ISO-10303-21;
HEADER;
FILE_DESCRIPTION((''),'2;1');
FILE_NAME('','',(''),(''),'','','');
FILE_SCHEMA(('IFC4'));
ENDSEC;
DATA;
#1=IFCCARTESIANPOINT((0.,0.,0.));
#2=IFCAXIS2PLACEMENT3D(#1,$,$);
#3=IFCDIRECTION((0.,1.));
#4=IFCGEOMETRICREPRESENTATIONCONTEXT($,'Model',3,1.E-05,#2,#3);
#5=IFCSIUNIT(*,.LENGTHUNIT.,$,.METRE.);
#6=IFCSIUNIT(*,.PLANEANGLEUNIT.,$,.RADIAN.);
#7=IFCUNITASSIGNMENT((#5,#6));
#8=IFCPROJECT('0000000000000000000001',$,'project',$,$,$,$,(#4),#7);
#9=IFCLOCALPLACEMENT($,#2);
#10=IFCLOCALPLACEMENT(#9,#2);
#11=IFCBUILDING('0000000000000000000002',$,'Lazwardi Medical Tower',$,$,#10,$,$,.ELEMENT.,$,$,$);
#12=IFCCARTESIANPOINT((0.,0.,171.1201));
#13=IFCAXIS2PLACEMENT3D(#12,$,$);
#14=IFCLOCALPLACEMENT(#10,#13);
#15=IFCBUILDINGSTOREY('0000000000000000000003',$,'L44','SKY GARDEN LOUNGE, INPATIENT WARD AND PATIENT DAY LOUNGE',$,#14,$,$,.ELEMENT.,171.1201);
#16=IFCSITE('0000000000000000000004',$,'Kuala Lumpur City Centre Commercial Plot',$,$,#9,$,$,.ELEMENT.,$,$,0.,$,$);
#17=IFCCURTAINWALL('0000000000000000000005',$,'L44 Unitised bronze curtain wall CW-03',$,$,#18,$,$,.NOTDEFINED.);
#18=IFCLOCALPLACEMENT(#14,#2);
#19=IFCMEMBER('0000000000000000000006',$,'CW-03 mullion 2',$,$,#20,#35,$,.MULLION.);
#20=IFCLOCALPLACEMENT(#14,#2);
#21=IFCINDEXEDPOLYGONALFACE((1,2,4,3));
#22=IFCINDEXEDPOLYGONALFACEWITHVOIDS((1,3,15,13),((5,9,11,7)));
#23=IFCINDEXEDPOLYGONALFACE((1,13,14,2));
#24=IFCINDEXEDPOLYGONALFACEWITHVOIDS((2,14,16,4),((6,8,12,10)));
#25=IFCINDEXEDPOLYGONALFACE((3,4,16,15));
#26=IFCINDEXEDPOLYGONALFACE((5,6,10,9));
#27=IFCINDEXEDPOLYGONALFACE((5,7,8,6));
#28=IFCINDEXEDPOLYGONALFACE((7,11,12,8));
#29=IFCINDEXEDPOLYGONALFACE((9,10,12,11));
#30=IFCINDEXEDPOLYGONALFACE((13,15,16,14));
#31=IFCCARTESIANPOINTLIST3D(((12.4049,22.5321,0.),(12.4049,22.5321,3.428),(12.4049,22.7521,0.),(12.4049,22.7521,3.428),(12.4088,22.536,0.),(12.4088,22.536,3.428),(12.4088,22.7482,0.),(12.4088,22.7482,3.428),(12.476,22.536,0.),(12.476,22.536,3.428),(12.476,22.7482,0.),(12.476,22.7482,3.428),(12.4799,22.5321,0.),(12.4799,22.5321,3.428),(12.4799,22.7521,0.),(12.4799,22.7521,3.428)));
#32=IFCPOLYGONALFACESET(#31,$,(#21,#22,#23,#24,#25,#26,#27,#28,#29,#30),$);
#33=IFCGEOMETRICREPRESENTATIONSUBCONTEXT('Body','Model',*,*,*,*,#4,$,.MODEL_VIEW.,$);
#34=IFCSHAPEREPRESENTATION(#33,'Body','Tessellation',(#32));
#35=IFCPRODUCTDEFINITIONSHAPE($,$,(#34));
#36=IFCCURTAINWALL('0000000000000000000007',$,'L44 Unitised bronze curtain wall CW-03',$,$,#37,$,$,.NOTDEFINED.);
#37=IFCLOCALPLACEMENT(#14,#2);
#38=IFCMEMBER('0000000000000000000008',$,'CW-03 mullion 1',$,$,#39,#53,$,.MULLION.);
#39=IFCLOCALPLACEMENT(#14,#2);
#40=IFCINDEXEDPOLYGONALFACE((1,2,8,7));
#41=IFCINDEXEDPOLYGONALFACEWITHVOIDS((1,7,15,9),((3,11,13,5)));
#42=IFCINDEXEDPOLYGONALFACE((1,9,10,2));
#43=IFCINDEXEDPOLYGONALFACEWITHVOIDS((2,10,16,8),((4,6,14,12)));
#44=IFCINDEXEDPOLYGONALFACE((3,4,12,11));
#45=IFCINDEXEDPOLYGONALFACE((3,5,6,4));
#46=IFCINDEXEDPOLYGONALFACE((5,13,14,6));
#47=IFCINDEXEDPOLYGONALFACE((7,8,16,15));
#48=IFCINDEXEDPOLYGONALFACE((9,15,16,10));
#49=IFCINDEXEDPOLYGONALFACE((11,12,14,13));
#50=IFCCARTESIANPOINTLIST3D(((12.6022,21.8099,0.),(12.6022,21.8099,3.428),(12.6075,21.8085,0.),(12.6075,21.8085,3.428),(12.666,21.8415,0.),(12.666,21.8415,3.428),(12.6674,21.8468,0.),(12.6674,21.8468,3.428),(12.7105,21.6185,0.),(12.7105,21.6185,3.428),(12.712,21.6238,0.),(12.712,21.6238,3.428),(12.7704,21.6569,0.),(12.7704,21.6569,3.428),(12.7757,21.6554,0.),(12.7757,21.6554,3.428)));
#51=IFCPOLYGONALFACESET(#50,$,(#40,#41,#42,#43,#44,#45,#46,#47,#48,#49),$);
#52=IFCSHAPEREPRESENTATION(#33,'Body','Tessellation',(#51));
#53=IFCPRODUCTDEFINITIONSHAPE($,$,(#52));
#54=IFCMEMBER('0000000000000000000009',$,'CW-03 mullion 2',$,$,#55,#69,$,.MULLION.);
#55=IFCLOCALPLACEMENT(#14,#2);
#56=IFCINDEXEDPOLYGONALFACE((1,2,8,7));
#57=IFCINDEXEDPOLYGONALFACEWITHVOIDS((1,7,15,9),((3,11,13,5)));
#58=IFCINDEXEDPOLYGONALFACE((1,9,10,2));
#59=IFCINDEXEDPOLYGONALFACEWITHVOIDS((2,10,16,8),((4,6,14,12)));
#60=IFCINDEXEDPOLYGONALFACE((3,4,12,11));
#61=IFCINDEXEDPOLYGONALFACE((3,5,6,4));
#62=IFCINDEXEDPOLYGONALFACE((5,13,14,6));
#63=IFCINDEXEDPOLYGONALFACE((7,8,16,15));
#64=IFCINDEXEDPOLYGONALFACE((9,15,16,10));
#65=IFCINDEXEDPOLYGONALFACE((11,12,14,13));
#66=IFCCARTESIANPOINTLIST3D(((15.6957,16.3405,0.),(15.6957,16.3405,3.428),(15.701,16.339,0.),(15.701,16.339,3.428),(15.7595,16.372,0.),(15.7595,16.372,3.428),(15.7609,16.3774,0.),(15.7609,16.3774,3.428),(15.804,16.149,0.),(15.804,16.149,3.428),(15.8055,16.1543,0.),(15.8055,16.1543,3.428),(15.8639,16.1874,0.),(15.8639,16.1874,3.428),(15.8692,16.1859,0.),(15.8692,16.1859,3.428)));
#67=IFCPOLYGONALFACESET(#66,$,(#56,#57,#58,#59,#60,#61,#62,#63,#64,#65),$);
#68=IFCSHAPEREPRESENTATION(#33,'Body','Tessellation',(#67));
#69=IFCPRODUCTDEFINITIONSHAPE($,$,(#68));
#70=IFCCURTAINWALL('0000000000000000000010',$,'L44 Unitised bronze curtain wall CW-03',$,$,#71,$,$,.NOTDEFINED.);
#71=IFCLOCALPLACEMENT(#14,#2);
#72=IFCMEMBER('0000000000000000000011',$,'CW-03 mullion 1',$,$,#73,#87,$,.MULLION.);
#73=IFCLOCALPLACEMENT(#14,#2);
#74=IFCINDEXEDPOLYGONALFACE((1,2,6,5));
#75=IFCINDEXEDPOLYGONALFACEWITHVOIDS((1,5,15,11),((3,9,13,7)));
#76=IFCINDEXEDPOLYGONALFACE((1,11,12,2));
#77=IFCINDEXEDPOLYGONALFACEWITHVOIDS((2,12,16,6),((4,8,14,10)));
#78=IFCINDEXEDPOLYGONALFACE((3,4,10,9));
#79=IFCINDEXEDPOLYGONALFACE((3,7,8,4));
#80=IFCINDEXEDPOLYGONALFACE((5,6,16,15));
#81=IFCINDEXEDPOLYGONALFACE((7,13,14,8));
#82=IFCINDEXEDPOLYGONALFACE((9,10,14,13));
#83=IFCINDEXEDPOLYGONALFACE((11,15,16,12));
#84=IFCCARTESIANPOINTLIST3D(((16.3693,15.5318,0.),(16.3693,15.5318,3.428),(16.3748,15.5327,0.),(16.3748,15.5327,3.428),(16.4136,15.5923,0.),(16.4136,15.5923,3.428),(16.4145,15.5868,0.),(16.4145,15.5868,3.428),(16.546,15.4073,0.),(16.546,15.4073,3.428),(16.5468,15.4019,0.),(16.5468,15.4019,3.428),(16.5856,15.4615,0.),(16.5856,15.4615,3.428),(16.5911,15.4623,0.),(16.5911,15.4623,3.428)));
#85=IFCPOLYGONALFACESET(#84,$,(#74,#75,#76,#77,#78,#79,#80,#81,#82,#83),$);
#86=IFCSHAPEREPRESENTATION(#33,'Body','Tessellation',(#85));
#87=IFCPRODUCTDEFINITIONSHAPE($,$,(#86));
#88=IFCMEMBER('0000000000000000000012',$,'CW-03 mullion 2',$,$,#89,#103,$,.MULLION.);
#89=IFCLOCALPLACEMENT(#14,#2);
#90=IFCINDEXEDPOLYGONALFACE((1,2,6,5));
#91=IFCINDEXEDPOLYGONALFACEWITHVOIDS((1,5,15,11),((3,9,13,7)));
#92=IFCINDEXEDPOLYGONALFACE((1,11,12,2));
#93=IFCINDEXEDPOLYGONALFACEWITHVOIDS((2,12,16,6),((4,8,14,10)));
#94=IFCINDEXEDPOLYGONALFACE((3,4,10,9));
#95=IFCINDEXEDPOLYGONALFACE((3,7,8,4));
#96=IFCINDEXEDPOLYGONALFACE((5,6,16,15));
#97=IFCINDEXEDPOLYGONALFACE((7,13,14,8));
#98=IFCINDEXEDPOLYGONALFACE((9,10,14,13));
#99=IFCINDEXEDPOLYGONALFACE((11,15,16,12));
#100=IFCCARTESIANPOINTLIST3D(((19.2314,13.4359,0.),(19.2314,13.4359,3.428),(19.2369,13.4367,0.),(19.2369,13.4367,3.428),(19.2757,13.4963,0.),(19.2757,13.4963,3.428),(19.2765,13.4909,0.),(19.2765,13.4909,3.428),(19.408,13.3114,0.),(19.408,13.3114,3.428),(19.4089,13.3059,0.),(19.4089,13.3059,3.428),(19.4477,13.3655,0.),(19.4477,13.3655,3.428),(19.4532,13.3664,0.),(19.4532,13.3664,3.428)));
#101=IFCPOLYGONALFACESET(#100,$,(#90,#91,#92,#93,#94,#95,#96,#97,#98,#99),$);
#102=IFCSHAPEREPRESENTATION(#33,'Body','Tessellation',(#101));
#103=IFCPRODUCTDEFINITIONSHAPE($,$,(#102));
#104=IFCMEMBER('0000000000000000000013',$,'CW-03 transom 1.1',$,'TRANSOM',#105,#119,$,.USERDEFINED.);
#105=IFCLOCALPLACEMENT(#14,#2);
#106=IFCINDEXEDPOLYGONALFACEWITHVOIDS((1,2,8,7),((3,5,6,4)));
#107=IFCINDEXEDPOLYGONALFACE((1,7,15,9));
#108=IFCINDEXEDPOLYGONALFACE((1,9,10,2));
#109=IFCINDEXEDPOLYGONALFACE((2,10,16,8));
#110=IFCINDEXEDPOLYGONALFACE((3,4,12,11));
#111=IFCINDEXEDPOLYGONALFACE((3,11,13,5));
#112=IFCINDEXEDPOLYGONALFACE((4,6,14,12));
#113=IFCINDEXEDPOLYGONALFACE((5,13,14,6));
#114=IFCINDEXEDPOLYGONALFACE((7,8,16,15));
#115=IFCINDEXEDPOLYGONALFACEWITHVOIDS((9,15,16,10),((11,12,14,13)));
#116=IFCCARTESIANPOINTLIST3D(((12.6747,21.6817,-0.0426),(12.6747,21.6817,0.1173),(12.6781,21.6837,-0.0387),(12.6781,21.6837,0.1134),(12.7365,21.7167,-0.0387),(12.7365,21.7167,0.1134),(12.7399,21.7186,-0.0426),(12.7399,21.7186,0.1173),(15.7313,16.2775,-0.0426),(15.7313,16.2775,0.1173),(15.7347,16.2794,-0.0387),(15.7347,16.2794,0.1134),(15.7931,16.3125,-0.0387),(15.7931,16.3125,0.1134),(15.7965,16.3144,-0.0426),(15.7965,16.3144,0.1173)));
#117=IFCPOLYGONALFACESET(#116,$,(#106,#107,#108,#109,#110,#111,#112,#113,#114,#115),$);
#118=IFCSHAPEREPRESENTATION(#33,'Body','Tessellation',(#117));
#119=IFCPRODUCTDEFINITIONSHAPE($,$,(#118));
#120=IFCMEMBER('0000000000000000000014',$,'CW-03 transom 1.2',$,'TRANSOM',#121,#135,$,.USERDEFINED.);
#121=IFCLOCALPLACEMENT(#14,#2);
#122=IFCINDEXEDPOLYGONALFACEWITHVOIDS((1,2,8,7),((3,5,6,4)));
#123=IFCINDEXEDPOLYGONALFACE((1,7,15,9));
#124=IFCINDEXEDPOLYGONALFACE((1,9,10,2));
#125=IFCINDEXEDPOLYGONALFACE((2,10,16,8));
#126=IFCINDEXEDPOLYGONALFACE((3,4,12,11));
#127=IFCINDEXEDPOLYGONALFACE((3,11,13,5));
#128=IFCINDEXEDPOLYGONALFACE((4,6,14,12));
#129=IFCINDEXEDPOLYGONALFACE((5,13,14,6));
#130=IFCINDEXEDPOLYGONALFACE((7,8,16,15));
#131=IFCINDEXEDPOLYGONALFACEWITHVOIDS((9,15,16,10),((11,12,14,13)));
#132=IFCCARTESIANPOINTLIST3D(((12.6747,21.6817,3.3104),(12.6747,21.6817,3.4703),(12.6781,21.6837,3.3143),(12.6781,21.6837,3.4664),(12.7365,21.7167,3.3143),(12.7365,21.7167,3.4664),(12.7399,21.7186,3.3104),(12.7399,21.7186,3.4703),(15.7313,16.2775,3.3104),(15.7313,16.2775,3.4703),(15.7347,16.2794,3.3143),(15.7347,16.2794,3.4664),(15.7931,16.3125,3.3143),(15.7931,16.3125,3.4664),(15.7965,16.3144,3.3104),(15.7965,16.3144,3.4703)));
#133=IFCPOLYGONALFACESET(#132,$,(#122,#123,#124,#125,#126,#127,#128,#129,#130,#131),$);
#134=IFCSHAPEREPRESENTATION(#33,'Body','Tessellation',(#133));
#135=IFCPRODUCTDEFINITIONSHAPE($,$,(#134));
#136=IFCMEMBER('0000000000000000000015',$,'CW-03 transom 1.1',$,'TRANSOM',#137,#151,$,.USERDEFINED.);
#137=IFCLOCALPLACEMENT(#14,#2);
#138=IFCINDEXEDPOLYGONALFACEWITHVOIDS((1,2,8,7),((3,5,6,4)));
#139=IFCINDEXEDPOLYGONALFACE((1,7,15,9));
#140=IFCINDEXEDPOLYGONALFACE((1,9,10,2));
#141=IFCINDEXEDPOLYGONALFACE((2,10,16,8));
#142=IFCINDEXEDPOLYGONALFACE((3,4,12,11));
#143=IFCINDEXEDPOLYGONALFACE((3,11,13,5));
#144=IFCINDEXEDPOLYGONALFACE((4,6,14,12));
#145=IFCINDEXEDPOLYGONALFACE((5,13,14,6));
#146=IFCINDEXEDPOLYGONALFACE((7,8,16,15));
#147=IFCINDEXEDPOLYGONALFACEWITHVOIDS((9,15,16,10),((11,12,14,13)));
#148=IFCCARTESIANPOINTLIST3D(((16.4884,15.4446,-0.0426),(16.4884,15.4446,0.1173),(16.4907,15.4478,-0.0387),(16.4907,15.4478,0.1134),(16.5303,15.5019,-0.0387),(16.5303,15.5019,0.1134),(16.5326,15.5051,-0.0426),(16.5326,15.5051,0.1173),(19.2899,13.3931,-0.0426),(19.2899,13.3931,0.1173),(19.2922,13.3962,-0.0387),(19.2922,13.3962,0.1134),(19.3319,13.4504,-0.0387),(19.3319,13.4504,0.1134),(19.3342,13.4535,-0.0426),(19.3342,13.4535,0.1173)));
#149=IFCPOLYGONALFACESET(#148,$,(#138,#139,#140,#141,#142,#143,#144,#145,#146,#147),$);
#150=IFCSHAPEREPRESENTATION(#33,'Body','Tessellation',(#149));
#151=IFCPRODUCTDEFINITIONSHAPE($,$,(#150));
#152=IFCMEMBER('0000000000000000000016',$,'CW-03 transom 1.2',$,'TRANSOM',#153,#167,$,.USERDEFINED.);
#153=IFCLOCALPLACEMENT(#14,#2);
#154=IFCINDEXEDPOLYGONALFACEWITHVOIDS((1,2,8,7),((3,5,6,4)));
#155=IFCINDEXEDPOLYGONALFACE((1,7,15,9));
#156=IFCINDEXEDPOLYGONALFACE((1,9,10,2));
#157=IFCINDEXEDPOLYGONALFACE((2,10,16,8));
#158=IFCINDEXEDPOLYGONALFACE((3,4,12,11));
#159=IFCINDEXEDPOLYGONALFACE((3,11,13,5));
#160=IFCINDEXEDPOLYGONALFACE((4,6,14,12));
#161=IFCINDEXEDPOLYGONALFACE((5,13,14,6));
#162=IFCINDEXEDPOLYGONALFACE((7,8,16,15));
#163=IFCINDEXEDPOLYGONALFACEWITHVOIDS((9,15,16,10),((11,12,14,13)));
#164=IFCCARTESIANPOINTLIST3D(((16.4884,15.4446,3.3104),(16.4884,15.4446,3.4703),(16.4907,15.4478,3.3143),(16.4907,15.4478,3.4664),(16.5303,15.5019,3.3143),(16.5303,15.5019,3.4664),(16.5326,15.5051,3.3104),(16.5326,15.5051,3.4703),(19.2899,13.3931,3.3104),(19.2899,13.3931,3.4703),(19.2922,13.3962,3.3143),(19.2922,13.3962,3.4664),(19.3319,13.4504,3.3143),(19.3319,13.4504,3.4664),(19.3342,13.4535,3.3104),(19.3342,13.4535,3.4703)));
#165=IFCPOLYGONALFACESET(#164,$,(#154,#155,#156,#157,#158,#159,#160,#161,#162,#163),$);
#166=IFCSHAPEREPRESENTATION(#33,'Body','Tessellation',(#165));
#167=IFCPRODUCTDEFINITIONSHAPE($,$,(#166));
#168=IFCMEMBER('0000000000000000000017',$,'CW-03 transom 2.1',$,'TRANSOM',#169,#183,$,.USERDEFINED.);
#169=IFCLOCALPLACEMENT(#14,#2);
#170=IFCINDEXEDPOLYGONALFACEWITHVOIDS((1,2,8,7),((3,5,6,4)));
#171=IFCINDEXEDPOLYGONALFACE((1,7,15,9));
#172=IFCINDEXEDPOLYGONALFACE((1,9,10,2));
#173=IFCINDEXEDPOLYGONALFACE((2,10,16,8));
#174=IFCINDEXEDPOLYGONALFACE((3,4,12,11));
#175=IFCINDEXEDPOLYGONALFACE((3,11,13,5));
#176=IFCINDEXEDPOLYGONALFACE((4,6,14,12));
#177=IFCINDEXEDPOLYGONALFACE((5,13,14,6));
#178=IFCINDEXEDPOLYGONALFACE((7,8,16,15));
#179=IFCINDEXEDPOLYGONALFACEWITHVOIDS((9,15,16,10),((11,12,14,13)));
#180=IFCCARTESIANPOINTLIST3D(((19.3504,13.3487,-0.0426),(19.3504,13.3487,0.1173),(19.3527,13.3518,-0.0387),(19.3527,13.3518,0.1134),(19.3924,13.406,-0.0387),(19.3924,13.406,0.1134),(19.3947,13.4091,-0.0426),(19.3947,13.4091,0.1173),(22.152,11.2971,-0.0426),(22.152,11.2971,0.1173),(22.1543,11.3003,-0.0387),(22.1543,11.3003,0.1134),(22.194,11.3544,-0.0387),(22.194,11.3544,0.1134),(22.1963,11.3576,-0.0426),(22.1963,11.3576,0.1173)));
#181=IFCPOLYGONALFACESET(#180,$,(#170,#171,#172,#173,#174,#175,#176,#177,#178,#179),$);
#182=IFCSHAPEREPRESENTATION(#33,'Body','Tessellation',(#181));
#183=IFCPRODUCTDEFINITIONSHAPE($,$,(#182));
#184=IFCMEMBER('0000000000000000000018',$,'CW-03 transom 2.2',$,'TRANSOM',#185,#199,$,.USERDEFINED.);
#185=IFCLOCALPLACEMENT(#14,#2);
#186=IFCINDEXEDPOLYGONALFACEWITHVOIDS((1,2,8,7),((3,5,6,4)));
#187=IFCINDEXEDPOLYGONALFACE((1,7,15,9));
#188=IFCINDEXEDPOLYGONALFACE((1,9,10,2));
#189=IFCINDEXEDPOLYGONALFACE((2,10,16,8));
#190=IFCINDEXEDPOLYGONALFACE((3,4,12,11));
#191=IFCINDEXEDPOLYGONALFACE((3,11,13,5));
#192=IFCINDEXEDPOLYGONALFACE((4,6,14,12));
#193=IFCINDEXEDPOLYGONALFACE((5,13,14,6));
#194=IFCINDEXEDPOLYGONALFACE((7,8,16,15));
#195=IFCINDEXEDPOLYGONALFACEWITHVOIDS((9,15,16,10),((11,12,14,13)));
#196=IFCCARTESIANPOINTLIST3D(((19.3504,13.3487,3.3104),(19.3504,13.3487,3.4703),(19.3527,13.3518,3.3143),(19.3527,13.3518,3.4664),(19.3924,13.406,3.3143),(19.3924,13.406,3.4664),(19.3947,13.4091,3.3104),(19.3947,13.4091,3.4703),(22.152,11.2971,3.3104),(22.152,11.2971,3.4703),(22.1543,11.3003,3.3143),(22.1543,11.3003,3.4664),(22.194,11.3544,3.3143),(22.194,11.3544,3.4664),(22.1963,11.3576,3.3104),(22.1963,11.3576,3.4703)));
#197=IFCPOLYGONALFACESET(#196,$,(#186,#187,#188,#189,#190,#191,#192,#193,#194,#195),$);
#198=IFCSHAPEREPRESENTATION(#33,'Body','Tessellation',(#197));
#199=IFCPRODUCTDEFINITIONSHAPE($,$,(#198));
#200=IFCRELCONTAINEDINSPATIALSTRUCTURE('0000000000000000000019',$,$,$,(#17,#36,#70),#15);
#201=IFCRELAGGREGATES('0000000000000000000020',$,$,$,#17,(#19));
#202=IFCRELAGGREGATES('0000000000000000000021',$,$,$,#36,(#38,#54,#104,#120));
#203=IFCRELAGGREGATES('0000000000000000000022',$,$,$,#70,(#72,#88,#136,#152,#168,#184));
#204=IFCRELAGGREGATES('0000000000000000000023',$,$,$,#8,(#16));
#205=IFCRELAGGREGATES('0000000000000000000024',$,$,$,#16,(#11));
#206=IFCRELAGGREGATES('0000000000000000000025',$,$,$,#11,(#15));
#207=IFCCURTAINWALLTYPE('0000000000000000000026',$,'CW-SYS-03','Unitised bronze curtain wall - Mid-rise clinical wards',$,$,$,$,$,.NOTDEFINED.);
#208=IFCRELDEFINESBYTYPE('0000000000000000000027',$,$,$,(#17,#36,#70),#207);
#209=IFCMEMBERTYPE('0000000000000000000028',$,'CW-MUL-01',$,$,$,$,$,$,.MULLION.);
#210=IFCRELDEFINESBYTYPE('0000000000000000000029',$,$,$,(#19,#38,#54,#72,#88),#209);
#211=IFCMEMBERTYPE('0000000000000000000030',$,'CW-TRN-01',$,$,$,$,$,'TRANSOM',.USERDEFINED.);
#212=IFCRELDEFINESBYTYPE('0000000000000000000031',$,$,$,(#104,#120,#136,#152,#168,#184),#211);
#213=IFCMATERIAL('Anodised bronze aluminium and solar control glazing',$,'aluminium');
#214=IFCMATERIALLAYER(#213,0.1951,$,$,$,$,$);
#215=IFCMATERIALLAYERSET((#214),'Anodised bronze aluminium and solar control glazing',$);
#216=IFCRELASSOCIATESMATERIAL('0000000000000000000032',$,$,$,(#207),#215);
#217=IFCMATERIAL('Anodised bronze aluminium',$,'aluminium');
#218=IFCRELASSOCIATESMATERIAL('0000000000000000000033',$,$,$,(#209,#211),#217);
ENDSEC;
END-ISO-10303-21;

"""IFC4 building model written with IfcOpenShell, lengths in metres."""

from ifc_helpers import new_model, si_unit, direction, frame, origin, origin_2d, place, context, subcontext, project, spatial, hollow_rectangle, extrude, material, layer, layer_set, material_profile, profile_set, type_object, element, aggregate, save


model = new_model("IFC4")

# Units and contexts
model_context = context("Model", 3, precision=1e-05, world=origin(), true_north=direction((0.0, 1.0)))
body_context = subcontext(model_context, "Body", "Model", "MODEL_VIEW")
ifc_project = project(units=[si_unit("LENGTHUNIT", "METRE"), si_unit("PLANEANGLEUNIT", "RADIAN")], contexts=[model_context])

# Site, building, storey
site_placement = place(None, origin())
site = spatial("IfcSite", under=ifc_project, at=site_placement, Name="Kuala Lumpur City Centre Commercial Plot", CompositionType="ELEMENT", RefElevation=0.0)
building_placement = place(site_placement, origin())
building = spatial("IfcBuilding", under=site, at=building_placement, Name="Lazwardi Medical Tower", CompositionType="ELEMENT")
storey_placement = place(building_placement, frame((0.0, 0.0, 171.1201)))
storey = spatial("IfcBuildingStorey", under=building, at=storey_placement, Name="L44", Description="SKY GARDEN LOUNGE, INPATIENT WARD AND PATIENT DAY LOUNGE", CompositionType="ELEMENT", Elevation=171.1201)

# Curtain wall, member
ifc_material_1 = material(Name="Anodised bronze aluminium and solar control glazing", Category="aluminium")
ifc_layer_1 = layer(ifc_material_1, 0.1951)
ifc_layer_set_1 = layer_set([ifc_layer_1], Name="Anodised bronze aluminium and solar control glazing")
curtain_wall_type = type_object("IfcCurtainWallType", Name="CW-SYS-03", Description="Unitised bronze curtain wall - Mid-rise clinical wards", PredefinedType="NOTDEFINED", material=ifc_layer_set_1)
curtain_wall_1_placement = place(storey_placement, origin())
curtain_wall_1 = element("IfcCurtainWall", 1, at=curtain_wall_1_placement, inside=storey, type_object=curtain_wall_type, Name="L44 Unitised bronze curtain wall CW-03", PredefinedType="NOTDEFINED")
ifc_material_2 = material(Name="Anodised bronze aluminium", Category="aluminium")
ifc_material_profile_1 = material_profile(ifc_material_2, hollow_rectangle(XDim=0.075, YDim=0.22, WallThickness=0.0039, at=origin_2d()), Name="ALU-MULLION 220x75x4")
ifc_profile_set_1 = profile_set([ifc_material_profile_1], Name="Anodised bronze aluminium")
member_type_1 = type_object("IfcMemberType", Name="CW-MUL-01", PredefinedType="MULLION", material=ifc_profile_set_1)
member_1_placement = place(storey_placement, frame((12.4424, 22.6421, 0.0), z_axis=(0.0, 0.0, 1.0), x_axis=(1.0, 0.0, 0.0)))
member_1 = element("IfcMember", 2, at=member_1_placement, type_object=member_type_1, Name="CW-03 mullion 2", PredefinedType="MULLION", context=body_context, shape_type="SweptSolid", body=[
    extrude(hollow_rectangle(XDim=0.075, YDim=0.22, WallThickness=0.0039, at=origin_2d()), origin(), (0.0, 0.0, 1.0), 3.428),
])
aggregate(curtain_wall_1, [member_1])

# Curtain walls, members
curtain_wall_2_placement = place(storey_placement, origin())
curtain_wall_2 = element("IfcCurtainWall", 3, at=curtain_wall_2_placement, inside=storey, type_object=curtain_wall_type, Name="L44 Unitised bronze curtain wall CW-03", PredefinedType="NOTDEFINED")
member_2_placement = place(storey_placement, frame((12.689, 21.7327, 0.0), z_axis=(0.0, 0.0, 1.0), x_axis=(0.870419, 0.492312, 0.0)))
member_2 = element("IfcMember", 4, at=member_2_placement, type_object=member_type_1, Name="CW-03 mullion 1", PredefinedType="MULLION", context=body_context, shape_type="SweptSolid", body=[
    extrude(hollow_rectangle(XDim=0.075, YDim=0.22, WallThickness=0.0039, at=origin_2d()), origin(), (0.0, 0.0, 1.0), 3.428),
])
member_3_placement = place(storey_placement, frame((15.7825, 16.2632, 0.0), z_axis=(0.0, 0.0, 1.0), x_axis=(0.870419, 0.492312, 0.0)))
member_3 = element("IfcMember", 5, at=member_3_placement, type_object=member_type_1, Name="CW-03 mullion 2", PredefinedType="MULLION", context=body_context, shape_type="SweptSolid", body=[
    extrude(hollow_rectangle(XDim=0.075, YDim=0.22, WallThickness=0.0039, at=origin_2d()), origin(), (0.0, 0.0, 1.0), 3.428),
])
curtain_wall_3_placement = place(storey_placement, origin())
curtain_wall_3 = element("IfcCurtainWall", 6, at=curtain_wall_3_placement, inside=storey, type_object=curtain_wall_type, Name="L44 Unitised bronze curtain wall CW-03", PredefinedType="NOTDEFINED")
member_4_placement = place(storey_placement, frame((16.4802, 15.4971, 0.0), z_axis=(0.0, 0.0, 1.0), x_axis=(0.590834, 0.806793, 0.0)))
member_4 = element("IfcMember", 7, at=member_4_placement, type_object=member_type_1, Name="CW-03 mullion 1", PredefinedType="MULLION", context=body_context, shape_type="SweptSolid", body=[
    extrude(hollow_rectangle(XDim=0.075, YDim=0.22, WallThickness=0.0039, at=origin_2d()), origin(), (0.0, 0.0, 1.0), 3.428),
])
member_5_placement = place(storey_placement, frame((19.3423, 13.4011, 0.0), z_axis=(0.0, 0.0, 1.0), x_axis=(0.590834, 0.806793, 0.0)))
member_5 = element("IfcMember", 8, at=member_5_placement, type_object=member_type_1, Name="CW-03 mullion 2", PredefinedType="MULLION", context=body_context, shape_type="SweptSolid", body=[
    extrude(hollow_rectangle(XDim=0.075, YDim=0.22, WallThickness=0.0039, at=origin_2d()), origin(), (0.0, 0.0, 1.0), 3.428),
])

# Members
ifc_material_profile_2 = material_profile(ifc_material_2, hollow_rectangle(XDim=0.075, YDim=0.1599, WallThickness=0.0039, at=origin_2d()), Name="ALU-TRANSOM 160x75x4")
ifc_profile_set_2 = profile_set([ifc_material_profile_2], Name="Anodised bronze aluminium")
member_type_2 = type_object("IfcMemberType", Name="CW-TRN-01", ElementType="TRANSOM", PredefinedType="USERDEFINED", material=ifc_profile_set_2)
member_6_placement = place(storey_placement, frame((12.7073, 21.7002, 0.0374), z_axis=(0.492306, -0.870422, 0.0), x_axis=(0.870422, 0.492306, 0.0)))
member_6 = element("IfcMember", 9, at=member_6_placement, type_object=member_type_2, Name="CW-03 transom 1.1", ObjectType="TRANSOM", PredefinedType="USERDEFINED", context=body_context, shape_type="SweptSolid", body=[
    extrude(hollow_rectangle(XDim=0.075, YDim=0.1599, WallThickness=0.0039, at=origin_2d()), origin(), (0.0, 0.0, 1.0), 6.2087),
])
member_7_placement = place(storey_placement, frame((12.7073, 21.7002, 3.3904), z_axis=(0.492306, -0.870422, 0.0), x_axis=(0.870422, 0.492306, 0.0)))
member_7 = element("IfcMember", 10, at=member_7_placement, type_object=member_type_2, Name="CW-03 transom 1.2", ObjectType="TRANSOM", PredefinedType="USERDEFINED", context=body_context, shape_type="SweptSolid", body=[
    extrude(hollow_rectangle(XDim=0.075, YDim=0.1599, WallThickness=0.0039, at=origin_2d()), origin(), (0.0, 0.0, 1.0), 6.2087),
])
member_8_placement = place(storey_placement, frame((16.5105, 15.4749, 0.0374), z_axis=(0.806807, -0.590815, 0.0), x_axis=(0.590815, 0.806807, 0.0)))
member_8 = element("IfcMember", 11, at=member_8_placement, type_object=member_type_2, Name="CW-03 transom 1.1", ObjectType="TRANSOM", PredefinedType="USERDEFINED", context=body_context, shape_type="SweptSolid", body=[
    extrude(hollow_rectangle(XDim=0.075, YDim=0.1599, WallThickness=0.0039, at=origin_2d()), origin(), (0.0, 0.0, 1.0), 3.4724),
])
member_9_placement = place(storey_placement, frame((16.5105, 15.4749, 3.3904), z_axis=(0.806807, -0.590815, 0.0), x_axis=(0.590815, 0.806807, 0.0)))
member_9 = element("IfcMember", 12, at=member_9_placement, type_object=member_type_2, Name="CW-03 transom 1.2", ObjectType="TRANSOM", PredefinedType="USERDEFINED", context=body_context, shape_type="SweptSolid", body=[
    extrude(hollow_rectangle(XDim=0.075, YDim=0.1599, WallThickness=0.0039, at=origin_2d()), origin(), (0.0, 0.0, 1.0), 3.4724),
])
member_10_placement = place(storey_placement, frame((19.3726, 13.3789, 0.0374), z_axis=(0.806807, -0.590815, 0.0), x_axis=(0.590815, 0.806807, 0.0)))
member_10 = element("IfcMember", 13, at=member_10_placement, type_object=member_type_2, Name="CW-03 transom 2.1", ObjectType="TRANSOM", PredefinedType="USERDEFINED", context=body_context, shape_type="SweptSolid", body=[
    extrude(hollow_rectangle(XDim=0.075, YDim=0.1599, WallThickness=0.0039, at=origin_2d()), origin(), (0.0, 0.0, 1.0), 3.4724),
])
member_11_placement = place(storey_placement, frame((19.3726, 13.3789, 3.3904), z_axis=(0.806807, -0.590815, 0.0), x_axis=(0.590815, 0.806807, 0.0)))
member_11 = element("IfcMember", 14, at=member_11_placement, type_object=member_type_2, Name="CW-03 transom 2.2", ObjectType="TRANSOM", PredefinedType="USERDEFINED", context=body_context, shape_type="SweptSolid", body=[
    extrude(hollow_rectangle(XDim=0.075, YDim=0.1599, WallThickness=0.0039, at=origin_2d()), origin(), (0.0, 0.0, 1.0), 3.4724),
])

aggregate(curtain_wall_2, [member_2, member_3, member_6, member_7])
aggregate(curtain_wall_3, [member_4, member_5, member_8, member_9, member_10, member_11])

save(model, "model.ifc")
